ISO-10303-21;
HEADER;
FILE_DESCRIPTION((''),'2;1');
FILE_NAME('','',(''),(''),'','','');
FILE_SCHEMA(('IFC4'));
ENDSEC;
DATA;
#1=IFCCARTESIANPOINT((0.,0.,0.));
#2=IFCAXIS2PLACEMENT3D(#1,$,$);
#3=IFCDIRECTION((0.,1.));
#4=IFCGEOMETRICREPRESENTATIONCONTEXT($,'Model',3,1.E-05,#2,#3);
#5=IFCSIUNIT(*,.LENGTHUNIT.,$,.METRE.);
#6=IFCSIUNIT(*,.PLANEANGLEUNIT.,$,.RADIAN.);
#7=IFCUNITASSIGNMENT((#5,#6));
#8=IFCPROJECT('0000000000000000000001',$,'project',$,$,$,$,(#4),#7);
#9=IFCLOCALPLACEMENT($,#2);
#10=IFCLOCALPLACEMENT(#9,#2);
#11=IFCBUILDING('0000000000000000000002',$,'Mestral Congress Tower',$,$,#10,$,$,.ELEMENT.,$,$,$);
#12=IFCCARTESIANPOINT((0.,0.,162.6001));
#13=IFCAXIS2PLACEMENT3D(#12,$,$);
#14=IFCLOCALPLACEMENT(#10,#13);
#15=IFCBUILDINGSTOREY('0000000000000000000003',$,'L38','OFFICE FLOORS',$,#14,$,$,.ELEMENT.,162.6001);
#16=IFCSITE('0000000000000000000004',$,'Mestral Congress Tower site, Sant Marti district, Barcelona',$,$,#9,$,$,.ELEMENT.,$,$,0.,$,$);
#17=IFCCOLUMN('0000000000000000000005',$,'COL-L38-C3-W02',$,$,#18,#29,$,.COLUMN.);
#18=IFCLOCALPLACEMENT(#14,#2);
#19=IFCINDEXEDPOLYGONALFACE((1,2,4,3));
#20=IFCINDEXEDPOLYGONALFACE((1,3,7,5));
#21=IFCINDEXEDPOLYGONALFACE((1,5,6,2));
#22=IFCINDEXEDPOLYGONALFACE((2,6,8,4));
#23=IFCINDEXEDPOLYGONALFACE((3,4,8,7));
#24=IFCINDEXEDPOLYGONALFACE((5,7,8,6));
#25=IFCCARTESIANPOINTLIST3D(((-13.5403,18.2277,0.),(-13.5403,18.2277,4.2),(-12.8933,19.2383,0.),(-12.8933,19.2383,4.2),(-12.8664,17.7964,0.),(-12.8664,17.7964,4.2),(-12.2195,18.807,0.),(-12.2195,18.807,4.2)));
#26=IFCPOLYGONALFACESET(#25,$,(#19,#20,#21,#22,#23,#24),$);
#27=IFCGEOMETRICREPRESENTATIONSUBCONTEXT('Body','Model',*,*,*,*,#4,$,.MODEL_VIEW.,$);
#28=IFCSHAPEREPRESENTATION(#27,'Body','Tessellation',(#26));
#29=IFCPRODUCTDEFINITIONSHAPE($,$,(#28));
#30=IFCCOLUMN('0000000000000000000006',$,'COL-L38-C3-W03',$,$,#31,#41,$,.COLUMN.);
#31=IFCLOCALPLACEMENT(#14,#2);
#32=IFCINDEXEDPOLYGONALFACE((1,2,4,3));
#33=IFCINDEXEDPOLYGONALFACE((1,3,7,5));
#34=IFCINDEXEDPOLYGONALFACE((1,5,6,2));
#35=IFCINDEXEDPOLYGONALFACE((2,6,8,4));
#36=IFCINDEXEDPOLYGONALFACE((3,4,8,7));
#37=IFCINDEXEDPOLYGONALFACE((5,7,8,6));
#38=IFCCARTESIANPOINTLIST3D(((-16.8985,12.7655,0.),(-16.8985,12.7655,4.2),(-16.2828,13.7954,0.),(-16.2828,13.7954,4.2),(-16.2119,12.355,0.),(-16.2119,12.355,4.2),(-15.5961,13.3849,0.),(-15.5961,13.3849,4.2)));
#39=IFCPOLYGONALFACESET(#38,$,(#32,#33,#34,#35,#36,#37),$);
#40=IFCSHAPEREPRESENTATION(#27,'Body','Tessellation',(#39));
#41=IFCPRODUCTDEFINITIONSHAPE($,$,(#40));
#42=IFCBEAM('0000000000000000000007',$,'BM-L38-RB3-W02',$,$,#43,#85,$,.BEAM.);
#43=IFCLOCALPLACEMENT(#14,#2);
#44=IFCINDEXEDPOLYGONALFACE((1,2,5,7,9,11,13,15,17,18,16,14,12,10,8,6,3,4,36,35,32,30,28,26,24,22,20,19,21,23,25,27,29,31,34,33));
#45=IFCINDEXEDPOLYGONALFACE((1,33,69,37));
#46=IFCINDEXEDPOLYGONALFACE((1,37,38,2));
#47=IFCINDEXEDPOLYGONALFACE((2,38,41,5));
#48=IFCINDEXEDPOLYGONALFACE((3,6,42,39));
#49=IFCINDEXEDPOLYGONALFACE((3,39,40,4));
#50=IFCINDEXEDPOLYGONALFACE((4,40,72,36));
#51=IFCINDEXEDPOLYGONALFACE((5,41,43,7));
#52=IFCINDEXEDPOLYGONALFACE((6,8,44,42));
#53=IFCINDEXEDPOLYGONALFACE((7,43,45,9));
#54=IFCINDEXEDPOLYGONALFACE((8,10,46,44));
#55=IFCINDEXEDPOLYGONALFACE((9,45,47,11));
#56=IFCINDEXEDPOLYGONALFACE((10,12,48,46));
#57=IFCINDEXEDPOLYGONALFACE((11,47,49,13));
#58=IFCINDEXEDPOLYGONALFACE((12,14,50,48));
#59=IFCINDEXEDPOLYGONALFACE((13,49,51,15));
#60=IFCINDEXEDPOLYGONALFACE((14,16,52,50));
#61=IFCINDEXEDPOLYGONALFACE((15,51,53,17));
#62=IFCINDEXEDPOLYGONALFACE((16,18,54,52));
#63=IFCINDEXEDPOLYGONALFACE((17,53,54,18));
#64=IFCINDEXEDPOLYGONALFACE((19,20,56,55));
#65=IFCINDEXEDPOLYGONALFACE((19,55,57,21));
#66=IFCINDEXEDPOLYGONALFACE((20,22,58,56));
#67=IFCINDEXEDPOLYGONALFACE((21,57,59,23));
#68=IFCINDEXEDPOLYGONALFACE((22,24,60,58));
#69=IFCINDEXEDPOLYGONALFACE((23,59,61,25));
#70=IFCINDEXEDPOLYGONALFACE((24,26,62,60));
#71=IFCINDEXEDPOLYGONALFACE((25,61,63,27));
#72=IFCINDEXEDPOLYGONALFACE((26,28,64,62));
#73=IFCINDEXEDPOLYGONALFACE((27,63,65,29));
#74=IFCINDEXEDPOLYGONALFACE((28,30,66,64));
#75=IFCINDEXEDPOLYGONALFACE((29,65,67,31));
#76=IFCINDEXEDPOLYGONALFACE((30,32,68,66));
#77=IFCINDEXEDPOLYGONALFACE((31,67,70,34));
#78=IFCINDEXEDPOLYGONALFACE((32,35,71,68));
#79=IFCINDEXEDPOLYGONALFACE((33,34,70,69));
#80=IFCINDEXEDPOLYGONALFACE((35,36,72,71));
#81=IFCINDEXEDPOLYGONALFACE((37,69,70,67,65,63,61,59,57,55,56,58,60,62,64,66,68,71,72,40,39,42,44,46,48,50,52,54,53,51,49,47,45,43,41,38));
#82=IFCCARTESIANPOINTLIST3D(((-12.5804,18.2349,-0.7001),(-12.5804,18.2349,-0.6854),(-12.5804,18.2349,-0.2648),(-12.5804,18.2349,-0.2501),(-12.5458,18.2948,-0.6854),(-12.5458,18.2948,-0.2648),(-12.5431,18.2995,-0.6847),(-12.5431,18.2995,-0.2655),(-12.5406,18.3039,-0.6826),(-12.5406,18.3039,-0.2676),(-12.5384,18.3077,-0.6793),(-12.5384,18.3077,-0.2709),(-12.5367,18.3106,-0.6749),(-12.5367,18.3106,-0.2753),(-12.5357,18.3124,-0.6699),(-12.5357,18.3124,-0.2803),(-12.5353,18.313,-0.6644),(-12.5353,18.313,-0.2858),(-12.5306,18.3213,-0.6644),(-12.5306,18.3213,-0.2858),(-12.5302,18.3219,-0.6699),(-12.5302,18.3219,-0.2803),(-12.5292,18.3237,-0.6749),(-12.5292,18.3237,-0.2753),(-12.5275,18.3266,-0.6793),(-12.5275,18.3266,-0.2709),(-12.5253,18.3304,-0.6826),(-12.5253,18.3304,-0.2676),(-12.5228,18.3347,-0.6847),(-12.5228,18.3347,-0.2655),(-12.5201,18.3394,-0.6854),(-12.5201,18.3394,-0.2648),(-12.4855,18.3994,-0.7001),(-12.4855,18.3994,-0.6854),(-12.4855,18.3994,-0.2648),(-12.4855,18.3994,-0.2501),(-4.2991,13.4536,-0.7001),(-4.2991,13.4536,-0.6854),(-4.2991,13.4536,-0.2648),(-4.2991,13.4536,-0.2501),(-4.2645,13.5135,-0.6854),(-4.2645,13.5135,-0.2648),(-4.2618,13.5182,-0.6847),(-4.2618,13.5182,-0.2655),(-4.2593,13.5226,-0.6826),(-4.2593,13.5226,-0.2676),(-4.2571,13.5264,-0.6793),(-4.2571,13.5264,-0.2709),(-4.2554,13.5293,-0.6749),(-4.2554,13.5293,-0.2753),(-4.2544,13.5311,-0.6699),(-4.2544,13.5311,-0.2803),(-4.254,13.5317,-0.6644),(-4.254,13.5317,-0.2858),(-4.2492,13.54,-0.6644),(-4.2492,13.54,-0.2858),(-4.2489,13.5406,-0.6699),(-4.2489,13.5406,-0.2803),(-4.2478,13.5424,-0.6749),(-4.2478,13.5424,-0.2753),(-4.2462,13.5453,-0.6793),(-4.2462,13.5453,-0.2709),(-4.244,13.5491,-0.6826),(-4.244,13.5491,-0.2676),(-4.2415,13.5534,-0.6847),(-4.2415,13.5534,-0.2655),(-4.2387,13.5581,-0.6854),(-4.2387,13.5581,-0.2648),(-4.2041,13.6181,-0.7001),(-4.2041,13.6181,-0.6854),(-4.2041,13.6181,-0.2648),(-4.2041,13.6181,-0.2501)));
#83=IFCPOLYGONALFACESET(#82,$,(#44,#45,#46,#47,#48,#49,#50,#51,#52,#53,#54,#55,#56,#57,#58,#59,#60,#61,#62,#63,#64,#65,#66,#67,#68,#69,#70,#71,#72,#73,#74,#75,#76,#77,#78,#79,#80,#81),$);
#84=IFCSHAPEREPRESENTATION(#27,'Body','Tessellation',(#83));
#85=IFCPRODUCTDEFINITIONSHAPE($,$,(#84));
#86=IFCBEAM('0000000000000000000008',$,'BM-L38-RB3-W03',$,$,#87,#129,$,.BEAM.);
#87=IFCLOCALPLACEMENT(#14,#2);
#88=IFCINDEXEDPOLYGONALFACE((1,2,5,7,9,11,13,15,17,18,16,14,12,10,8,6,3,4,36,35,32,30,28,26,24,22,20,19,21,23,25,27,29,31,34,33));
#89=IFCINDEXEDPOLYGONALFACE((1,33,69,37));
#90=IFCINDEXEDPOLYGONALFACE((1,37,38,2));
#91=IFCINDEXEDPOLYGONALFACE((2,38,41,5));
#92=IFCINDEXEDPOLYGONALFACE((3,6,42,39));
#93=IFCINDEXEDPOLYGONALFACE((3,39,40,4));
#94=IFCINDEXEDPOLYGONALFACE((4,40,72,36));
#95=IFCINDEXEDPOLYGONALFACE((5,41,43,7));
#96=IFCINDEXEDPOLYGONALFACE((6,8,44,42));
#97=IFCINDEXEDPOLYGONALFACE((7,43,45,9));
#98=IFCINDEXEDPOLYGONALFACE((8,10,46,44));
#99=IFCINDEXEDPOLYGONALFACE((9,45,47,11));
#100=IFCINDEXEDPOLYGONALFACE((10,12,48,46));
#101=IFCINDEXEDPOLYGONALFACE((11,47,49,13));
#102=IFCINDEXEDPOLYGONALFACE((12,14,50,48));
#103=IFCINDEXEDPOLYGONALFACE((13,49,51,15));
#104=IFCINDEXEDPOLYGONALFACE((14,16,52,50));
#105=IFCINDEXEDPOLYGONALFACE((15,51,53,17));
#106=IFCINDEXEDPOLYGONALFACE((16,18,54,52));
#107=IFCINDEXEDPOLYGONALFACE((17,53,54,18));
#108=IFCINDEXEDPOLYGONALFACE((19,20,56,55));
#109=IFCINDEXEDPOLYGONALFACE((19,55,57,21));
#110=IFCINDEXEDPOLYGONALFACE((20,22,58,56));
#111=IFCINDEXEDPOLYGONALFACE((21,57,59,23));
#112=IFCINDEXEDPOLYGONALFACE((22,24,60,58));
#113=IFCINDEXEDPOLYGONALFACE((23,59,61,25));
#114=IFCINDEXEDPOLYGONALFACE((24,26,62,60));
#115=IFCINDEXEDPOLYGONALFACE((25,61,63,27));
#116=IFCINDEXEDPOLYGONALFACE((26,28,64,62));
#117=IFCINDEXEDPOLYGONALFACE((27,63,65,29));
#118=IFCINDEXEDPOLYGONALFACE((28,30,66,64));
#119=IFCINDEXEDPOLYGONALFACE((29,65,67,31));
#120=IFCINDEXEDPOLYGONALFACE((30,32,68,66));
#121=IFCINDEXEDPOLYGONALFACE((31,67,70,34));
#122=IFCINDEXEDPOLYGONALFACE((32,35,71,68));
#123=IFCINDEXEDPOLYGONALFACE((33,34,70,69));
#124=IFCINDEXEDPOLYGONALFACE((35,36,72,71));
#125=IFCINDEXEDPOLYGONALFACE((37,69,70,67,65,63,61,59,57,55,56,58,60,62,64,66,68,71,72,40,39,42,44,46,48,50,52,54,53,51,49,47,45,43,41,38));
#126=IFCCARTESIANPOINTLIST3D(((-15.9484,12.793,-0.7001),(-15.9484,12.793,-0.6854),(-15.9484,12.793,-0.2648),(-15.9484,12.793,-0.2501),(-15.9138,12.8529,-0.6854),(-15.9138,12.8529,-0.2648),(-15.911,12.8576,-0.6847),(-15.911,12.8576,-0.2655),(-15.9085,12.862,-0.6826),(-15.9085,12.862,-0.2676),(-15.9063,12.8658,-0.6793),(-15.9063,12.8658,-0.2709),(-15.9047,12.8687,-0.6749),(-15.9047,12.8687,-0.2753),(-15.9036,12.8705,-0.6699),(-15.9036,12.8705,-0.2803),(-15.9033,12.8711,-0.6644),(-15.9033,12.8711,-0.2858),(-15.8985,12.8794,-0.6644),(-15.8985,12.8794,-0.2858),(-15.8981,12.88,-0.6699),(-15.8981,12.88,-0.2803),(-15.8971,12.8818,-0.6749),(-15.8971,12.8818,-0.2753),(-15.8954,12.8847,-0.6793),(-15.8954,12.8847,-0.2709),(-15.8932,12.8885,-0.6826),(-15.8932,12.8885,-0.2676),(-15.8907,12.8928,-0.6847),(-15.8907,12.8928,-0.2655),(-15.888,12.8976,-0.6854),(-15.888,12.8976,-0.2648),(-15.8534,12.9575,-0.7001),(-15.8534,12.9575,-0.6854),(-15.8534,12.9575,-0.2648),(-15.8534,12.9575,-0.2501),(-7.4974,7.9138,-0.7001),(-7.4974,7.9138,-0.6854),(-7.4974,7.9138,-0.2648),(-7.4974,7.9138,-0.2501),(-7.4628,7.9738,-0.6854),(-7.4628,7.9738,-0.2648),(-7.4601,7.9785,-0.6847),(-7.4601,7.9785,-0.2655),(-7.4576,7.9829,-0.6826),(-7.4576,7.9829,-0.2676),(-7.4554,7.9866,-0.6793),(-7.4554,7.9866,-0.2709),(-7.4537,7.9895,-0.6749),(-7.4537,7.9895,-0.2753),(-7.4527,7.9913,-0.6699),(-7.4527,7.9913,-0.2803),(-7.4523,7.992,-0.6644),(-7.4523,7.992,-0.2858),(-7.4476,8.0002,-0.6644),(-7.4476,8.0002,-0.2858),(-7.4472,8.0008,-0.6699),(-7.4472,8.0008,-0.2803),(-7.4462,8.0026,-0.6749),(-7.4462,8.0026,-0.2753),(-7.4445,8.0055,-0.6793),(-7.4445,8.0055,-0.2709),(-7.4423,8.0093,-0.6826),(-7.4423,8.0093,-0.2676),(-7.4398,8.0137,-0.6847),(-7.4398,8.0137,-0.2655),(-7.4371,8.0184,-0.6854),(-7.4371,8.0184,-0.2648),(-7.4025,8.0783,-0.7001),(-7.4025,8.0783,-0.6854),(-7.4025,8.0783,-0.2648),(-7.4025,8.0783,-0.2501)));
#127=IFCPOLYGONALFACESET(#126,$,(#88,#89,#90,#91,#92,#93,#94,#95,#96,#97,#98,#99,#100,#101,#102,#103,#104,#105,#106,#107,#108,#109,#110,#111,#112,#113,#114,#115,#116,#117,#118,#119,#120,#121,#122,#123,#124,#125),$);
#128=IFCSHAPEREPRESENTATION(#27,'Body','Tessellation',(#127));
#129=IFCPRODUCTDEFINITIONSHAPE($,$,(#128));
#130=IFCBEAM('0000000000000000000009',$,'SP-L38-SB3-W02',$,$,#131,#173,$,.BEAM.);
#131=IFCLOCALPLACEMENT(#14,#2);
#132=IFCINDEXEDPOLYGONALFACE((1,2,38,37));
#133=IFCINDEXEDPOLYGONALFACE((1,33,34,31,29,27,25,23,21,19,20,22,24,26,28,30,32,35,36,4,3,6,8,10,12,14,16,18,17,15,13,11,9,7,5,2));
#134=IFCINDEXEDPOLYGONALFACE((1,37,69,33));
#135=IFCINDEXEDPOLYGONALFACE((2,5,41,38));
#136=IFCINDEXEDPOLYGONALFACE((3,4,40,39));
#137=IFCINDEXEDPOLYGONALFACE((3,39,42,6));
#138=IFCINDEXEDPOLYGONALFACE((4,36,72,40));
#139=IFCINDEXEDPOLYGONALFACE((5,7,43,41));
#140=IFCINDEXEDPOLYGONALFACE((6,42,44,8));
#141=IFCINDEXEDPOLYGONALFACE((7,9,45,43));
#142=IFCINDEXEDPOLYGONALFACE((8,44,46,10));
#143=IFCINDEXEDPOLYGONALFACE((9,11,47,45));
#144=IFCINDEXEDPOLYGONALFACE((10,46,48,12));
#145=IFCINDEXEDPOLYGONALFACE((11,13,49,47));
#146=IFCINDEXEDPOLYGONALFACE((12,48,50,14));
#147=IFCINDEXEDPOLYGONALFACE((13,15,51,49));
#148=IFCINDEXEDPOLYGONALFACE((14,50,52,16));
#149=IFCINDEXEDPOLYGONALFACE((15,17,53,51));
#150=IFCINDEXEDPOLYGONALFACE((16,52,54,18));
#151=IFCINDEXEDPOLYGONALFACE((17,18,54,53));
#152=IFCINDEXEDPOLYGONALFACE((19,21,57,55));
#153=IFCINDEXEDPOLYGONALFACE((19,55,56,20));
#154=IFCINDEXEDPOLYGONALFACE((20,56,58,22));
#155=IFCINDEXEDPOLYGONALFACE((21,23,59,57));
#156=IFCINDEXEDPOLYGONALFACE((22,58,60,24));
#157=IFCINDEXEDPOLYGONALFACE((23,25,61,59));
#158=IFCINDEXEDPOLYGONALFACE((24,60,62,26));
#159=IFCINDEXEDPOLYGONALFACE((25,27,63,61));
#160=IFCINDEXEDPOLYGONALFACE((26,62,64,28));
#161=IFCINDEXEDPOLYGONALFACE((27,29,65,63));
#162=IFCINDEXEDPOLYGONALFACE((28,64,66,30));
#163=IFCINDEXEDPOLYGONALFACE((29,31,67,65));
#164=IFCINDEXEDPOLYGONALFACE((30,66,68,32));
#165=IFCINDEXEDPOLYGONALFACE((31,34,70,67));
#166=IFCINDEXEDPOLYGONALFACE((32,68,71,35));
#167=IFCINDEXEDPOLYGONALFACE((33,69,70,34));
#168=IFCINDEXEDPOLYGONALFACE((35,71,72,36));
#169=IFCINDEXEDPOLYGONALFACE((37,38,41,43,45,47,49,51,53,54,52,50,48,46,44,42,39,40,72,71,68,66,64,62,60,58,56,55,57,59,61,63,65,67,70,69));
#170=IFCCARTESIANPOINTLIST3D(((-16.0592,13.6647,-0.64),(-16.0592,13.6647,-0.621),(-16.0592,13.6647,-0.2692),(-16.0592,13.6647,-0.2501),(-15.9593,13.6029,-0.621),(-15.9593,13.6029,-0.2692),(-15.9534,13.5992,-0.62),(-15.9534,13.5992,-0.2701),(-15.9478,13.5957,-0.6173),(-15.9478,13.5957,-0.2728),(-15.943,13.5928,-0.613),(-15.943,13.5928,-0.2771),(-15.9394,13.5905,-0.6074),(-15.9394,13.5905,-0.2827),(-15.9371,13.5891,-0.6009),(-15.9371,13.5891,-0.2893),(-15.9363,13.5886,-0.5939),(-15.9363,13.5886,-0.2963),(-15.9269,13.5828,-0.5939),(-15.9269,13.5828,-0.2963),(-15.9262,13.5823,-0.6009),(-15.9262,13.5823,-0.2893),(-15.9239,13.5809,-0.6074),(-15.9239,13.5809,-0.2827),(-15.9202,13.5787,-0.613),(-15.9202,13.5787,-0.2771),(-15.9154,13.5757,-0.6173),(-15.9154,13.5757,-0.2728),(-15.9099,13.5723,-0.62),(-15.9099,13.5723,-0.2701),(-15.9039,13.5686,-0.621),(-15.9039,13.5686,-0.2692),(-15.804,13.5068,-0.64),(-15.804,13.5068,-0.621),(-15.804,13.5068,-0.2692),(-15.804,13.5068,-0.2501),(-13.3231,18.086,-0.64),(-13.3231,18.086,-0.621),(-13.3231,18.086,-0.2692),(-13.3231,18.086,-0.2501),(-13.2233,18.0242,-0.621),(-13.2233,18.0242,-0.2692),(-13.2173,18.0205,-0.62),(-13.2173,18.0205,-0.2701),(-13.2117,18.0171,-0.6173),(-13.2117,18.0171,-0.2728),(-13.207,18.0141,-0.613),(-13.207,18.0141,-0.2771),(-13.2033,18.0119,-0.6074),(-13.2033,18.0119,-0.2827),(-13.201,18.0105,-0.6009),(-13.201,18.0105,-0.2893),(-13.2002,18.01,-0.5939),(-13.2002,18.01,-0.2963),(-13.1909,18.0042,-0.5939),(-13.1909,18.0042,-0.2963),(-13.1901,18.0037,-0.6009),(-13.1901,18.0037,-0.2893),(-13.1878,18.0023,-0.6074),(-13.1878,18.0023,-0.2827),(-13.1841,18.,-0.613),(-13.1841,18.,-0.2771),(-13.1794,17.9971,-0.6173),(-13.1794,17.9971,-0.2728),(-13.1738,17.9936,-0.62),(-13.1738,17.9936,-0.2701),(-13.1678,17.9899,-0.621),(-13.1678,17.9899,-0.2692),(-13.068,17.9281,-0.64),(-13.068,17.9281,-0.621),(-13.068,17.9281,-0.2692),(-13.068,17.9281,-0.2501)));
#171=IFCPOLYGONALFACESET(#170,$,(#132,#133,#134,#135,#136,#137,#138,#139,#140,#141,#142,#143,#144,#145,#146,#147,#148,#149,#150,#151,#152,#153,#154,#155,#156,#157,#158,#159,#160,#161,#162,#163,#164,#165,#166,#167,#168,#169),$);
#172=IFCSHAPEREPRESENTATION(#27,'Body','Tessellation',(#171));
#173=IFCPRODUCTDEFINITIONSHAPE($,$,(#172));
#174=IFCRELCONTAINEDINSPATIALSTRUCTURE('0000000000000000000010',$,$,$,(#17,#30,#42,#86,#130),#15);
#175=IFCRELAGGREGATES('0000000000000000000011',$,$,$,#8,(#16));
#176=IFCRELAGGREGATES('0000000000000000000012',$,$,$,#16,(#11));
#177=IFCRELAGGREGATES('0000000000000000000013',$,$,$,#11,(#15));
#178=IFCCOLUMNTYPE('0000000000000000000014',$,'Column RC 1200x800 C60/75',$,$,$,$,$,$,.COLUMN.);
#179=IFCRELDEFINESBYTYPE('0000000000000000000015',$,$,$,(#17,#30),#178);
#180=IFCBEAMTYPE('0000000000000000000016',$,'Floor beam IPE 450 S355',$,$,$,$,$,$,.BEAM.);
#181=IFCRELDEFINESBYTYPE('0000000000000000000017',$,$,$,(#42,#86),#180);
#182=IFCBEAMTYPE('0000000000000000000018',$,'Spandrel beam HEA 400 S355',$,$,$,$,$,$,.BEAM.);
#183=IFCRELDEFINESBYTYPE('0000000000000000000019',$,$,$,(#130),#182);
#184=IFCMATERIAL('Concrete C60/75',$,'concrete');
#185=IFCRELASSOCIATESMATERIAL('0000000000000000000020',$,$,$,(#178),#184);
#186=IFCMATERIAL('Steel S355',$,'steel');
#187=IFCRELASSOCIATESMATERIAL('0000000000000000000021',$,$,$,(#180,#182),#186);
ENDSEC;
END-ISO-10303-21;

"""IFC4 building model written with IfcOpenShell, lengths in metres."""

from ifc_helpers import new_model, si_unit, direction, frame, origin, origin_2d, place, context, subcontext, project, spatial, rectangle, i_section, extrude, material, material_profile, profile_set, type_object, element, save


model = new_model("IFC4")

# Units and contexts
model_context = context("Model", 3, precision=1e-05, world=origin(), true_north=direction((0.0, 1.0)))
body_context = subcontext(model_context, "Body", "Model", "MODEL_VIEW")
ifc_project = project(units=[si_unit("LENGTHUNIT", "METRE"), si_unit("PLANEANGLEUNIT", "RADIAN")], contexts=[model_context])

# Site, building, storey
site_placement = place(None, origin())
site = spatial("IfcSite", under=ifc_project, at=site_placement, Name="Mestral Congress Tower site, Sant Marti district, Barcelona", CompositionType="ELEMENT", RefElevation=0.0)
building_placement = place(site_placement, origin())
building = spatial("IfcBuilding", under=site, at=building_placement, Name="Mestral Congress Tower", CompositionType="ELEMENT")
storey_placement = place(building_placement, frame((0.0, 0.0, 162.6001)))
storey = spatial("IfcBuildingStorey", under=building, at=storey_placement, Name="L38", Description="OFFICE FLOORS", CompositionType="ELEMENT", Elevation=162.6001)

# Columns
ifc_material_1 = material(Name="Concrete C60/75", Category="concrete")
ifc_material_profile_1 = material_profile(ifc_material_1, rectangle(XDim=1.2, YDim=0.8, at=origin_2d()), Name="RC 1200x800")
ifc_profile_set_1 = profile_set([ifc_material_profile_1], Name="Concrete C60/75")
column_type = type_object("IfcColumnType", Name="Column RC 1200x800 C60/75", PredefinedType="COLUMN", material=ifc_profile_set_1)
for number, where, z_axis, x_axis, name in (
    (1, (-12.8799, 18.5173, 0.0), (0.0, 0.0, 1.0), (-0.539115, -0.842232, 0.0), "COL-L38-C3-W02"),
    (2, (-16.2473, 13.0752, 0.0), (0.0, 0.0, 1.0), (-0.513159, -0.858293, 0.0), "COL-L38-C3-W03"),
):
    element("IfcColumn", number, at=place(storey_placement, frame(where, z_axis=z_axis, x_axis=x_axis)), inside=storey, type_object=column_type, Name=name, PredefinedType="COLUMN", context=body_context, shape_type="SweptSolid", body=[
        extrude(rectangle(XDim=1.2, YDim=0.8, at=origin_2d()), origin(), (0.0, 0.0, 1.0), 4.2),
    ])

# Beams
ifc_material_2 = material(Name="Steel S355", Category="steel")
ifc_material_profile_2 = material_profile(ifc_material_2, i_section(OverallWidth=0.1899, OverallDepth=0.45, WebThickness=0.0095, FlangeThickness=0.0146, FilletRadius=0.021, at=origin_2d()), Name="IPE 450")
ifc_profile_set_2 = profile_set([ifc_material_profile_2], Name="Steel S355")
beam_type_1 = type_object("IfcBeamType", Name="Floor beam IPE 450 S355", PredefinedType="BEAM", material=ifc_profile_set_2)
beam_1_placement = place(storey_placement, frame((-12.533, 18.3171, -0.4751), z_axis=(0.866022, -0.500005, 0.0), x_axis=(0.500005, 0.866022, 0.0)))
element("IfcBeam", 3, at=beam_1_placement, inside=storey, type_object=beam_type_1, Name="BM-L38-RB3-W02", PredefinedType="BEAM", context=body_context, shape_type="SweptSolid", body=[
    extrude(i_section(OverallWidth=0.1899, OverallDepth=0.45, WebThickness=0.0095, FlangeThickness=0.0146, FilletRadius=0.021, at=origin_2d()), origin(), (0.0, 0.0, 1.0), 9.5625),
])
beam_2_placement = place(storey_placement, frame((-15.9009, 12.8752, -0.4751), z_axis=(0.866025, -0.5, 0.0), x_axis=(0.5, 0.866025, 0.0)))
element("IfcBeam", 4, at=beam_2_placement, inside=storey, type_object=beam_type_1, Name="BM-L38-RB3-W03", PredefinedType="BEAM", context=body_context, shape_type="SweptSolid", body=[
    extrude(i_section(OverallWidth=0.1899, OverallDepth=0.45, WebThickness=0.0095, FlangeThickness=0.0146, FilletRadius=0.021, at=origin_2d()), origin(), (0.0, 0.0, 1.0), 9.7583),
])
ifc_material_profile_3 = material_profile(ifc_material_2, i_section(OverallWidth=0.3, OverallDepth=0.3899, WebThickness=0.011, FlangeThickness=0.019, FilletRadius=0.0271, at=origin_2d()), Name="HEA 400")
ifc_profile_set_3 = profile_set([ifc_material_profile_3], Name="Steel S355")
beam_type_2 = type_object("IfcBeamType", Name="Spandrel beam HEA 400 S355", PredefinedType="BEAM", material=ifc_profile_set_3)
beam_3_placement = place(storey_placement, frame((-13.1956, 18.0071, -0.4451), z_axis=(-0.52622, -0.850348, 0.0), x_axis=(0.850348, -0.52622, 0.0)))
element("IfcBeam", 5, at=beam_3_placement, inside=storey, type_object=beam_type_2, Name="SP-L38-SB3-W02", PredefinedType="BEAM", context=body_context, shape_type="SweptSolid", body=[
    extrude(i_section(OverallWidth=0.3, OverallDepth=0.3899, WebThickness=0.011, FlangeThickness=0.019, FilletRadius=0.0271, at=origin_2d()), origin(), (0.0, 0.0, 1.0), 5.1995),
])

save(model, "model.ifc")
